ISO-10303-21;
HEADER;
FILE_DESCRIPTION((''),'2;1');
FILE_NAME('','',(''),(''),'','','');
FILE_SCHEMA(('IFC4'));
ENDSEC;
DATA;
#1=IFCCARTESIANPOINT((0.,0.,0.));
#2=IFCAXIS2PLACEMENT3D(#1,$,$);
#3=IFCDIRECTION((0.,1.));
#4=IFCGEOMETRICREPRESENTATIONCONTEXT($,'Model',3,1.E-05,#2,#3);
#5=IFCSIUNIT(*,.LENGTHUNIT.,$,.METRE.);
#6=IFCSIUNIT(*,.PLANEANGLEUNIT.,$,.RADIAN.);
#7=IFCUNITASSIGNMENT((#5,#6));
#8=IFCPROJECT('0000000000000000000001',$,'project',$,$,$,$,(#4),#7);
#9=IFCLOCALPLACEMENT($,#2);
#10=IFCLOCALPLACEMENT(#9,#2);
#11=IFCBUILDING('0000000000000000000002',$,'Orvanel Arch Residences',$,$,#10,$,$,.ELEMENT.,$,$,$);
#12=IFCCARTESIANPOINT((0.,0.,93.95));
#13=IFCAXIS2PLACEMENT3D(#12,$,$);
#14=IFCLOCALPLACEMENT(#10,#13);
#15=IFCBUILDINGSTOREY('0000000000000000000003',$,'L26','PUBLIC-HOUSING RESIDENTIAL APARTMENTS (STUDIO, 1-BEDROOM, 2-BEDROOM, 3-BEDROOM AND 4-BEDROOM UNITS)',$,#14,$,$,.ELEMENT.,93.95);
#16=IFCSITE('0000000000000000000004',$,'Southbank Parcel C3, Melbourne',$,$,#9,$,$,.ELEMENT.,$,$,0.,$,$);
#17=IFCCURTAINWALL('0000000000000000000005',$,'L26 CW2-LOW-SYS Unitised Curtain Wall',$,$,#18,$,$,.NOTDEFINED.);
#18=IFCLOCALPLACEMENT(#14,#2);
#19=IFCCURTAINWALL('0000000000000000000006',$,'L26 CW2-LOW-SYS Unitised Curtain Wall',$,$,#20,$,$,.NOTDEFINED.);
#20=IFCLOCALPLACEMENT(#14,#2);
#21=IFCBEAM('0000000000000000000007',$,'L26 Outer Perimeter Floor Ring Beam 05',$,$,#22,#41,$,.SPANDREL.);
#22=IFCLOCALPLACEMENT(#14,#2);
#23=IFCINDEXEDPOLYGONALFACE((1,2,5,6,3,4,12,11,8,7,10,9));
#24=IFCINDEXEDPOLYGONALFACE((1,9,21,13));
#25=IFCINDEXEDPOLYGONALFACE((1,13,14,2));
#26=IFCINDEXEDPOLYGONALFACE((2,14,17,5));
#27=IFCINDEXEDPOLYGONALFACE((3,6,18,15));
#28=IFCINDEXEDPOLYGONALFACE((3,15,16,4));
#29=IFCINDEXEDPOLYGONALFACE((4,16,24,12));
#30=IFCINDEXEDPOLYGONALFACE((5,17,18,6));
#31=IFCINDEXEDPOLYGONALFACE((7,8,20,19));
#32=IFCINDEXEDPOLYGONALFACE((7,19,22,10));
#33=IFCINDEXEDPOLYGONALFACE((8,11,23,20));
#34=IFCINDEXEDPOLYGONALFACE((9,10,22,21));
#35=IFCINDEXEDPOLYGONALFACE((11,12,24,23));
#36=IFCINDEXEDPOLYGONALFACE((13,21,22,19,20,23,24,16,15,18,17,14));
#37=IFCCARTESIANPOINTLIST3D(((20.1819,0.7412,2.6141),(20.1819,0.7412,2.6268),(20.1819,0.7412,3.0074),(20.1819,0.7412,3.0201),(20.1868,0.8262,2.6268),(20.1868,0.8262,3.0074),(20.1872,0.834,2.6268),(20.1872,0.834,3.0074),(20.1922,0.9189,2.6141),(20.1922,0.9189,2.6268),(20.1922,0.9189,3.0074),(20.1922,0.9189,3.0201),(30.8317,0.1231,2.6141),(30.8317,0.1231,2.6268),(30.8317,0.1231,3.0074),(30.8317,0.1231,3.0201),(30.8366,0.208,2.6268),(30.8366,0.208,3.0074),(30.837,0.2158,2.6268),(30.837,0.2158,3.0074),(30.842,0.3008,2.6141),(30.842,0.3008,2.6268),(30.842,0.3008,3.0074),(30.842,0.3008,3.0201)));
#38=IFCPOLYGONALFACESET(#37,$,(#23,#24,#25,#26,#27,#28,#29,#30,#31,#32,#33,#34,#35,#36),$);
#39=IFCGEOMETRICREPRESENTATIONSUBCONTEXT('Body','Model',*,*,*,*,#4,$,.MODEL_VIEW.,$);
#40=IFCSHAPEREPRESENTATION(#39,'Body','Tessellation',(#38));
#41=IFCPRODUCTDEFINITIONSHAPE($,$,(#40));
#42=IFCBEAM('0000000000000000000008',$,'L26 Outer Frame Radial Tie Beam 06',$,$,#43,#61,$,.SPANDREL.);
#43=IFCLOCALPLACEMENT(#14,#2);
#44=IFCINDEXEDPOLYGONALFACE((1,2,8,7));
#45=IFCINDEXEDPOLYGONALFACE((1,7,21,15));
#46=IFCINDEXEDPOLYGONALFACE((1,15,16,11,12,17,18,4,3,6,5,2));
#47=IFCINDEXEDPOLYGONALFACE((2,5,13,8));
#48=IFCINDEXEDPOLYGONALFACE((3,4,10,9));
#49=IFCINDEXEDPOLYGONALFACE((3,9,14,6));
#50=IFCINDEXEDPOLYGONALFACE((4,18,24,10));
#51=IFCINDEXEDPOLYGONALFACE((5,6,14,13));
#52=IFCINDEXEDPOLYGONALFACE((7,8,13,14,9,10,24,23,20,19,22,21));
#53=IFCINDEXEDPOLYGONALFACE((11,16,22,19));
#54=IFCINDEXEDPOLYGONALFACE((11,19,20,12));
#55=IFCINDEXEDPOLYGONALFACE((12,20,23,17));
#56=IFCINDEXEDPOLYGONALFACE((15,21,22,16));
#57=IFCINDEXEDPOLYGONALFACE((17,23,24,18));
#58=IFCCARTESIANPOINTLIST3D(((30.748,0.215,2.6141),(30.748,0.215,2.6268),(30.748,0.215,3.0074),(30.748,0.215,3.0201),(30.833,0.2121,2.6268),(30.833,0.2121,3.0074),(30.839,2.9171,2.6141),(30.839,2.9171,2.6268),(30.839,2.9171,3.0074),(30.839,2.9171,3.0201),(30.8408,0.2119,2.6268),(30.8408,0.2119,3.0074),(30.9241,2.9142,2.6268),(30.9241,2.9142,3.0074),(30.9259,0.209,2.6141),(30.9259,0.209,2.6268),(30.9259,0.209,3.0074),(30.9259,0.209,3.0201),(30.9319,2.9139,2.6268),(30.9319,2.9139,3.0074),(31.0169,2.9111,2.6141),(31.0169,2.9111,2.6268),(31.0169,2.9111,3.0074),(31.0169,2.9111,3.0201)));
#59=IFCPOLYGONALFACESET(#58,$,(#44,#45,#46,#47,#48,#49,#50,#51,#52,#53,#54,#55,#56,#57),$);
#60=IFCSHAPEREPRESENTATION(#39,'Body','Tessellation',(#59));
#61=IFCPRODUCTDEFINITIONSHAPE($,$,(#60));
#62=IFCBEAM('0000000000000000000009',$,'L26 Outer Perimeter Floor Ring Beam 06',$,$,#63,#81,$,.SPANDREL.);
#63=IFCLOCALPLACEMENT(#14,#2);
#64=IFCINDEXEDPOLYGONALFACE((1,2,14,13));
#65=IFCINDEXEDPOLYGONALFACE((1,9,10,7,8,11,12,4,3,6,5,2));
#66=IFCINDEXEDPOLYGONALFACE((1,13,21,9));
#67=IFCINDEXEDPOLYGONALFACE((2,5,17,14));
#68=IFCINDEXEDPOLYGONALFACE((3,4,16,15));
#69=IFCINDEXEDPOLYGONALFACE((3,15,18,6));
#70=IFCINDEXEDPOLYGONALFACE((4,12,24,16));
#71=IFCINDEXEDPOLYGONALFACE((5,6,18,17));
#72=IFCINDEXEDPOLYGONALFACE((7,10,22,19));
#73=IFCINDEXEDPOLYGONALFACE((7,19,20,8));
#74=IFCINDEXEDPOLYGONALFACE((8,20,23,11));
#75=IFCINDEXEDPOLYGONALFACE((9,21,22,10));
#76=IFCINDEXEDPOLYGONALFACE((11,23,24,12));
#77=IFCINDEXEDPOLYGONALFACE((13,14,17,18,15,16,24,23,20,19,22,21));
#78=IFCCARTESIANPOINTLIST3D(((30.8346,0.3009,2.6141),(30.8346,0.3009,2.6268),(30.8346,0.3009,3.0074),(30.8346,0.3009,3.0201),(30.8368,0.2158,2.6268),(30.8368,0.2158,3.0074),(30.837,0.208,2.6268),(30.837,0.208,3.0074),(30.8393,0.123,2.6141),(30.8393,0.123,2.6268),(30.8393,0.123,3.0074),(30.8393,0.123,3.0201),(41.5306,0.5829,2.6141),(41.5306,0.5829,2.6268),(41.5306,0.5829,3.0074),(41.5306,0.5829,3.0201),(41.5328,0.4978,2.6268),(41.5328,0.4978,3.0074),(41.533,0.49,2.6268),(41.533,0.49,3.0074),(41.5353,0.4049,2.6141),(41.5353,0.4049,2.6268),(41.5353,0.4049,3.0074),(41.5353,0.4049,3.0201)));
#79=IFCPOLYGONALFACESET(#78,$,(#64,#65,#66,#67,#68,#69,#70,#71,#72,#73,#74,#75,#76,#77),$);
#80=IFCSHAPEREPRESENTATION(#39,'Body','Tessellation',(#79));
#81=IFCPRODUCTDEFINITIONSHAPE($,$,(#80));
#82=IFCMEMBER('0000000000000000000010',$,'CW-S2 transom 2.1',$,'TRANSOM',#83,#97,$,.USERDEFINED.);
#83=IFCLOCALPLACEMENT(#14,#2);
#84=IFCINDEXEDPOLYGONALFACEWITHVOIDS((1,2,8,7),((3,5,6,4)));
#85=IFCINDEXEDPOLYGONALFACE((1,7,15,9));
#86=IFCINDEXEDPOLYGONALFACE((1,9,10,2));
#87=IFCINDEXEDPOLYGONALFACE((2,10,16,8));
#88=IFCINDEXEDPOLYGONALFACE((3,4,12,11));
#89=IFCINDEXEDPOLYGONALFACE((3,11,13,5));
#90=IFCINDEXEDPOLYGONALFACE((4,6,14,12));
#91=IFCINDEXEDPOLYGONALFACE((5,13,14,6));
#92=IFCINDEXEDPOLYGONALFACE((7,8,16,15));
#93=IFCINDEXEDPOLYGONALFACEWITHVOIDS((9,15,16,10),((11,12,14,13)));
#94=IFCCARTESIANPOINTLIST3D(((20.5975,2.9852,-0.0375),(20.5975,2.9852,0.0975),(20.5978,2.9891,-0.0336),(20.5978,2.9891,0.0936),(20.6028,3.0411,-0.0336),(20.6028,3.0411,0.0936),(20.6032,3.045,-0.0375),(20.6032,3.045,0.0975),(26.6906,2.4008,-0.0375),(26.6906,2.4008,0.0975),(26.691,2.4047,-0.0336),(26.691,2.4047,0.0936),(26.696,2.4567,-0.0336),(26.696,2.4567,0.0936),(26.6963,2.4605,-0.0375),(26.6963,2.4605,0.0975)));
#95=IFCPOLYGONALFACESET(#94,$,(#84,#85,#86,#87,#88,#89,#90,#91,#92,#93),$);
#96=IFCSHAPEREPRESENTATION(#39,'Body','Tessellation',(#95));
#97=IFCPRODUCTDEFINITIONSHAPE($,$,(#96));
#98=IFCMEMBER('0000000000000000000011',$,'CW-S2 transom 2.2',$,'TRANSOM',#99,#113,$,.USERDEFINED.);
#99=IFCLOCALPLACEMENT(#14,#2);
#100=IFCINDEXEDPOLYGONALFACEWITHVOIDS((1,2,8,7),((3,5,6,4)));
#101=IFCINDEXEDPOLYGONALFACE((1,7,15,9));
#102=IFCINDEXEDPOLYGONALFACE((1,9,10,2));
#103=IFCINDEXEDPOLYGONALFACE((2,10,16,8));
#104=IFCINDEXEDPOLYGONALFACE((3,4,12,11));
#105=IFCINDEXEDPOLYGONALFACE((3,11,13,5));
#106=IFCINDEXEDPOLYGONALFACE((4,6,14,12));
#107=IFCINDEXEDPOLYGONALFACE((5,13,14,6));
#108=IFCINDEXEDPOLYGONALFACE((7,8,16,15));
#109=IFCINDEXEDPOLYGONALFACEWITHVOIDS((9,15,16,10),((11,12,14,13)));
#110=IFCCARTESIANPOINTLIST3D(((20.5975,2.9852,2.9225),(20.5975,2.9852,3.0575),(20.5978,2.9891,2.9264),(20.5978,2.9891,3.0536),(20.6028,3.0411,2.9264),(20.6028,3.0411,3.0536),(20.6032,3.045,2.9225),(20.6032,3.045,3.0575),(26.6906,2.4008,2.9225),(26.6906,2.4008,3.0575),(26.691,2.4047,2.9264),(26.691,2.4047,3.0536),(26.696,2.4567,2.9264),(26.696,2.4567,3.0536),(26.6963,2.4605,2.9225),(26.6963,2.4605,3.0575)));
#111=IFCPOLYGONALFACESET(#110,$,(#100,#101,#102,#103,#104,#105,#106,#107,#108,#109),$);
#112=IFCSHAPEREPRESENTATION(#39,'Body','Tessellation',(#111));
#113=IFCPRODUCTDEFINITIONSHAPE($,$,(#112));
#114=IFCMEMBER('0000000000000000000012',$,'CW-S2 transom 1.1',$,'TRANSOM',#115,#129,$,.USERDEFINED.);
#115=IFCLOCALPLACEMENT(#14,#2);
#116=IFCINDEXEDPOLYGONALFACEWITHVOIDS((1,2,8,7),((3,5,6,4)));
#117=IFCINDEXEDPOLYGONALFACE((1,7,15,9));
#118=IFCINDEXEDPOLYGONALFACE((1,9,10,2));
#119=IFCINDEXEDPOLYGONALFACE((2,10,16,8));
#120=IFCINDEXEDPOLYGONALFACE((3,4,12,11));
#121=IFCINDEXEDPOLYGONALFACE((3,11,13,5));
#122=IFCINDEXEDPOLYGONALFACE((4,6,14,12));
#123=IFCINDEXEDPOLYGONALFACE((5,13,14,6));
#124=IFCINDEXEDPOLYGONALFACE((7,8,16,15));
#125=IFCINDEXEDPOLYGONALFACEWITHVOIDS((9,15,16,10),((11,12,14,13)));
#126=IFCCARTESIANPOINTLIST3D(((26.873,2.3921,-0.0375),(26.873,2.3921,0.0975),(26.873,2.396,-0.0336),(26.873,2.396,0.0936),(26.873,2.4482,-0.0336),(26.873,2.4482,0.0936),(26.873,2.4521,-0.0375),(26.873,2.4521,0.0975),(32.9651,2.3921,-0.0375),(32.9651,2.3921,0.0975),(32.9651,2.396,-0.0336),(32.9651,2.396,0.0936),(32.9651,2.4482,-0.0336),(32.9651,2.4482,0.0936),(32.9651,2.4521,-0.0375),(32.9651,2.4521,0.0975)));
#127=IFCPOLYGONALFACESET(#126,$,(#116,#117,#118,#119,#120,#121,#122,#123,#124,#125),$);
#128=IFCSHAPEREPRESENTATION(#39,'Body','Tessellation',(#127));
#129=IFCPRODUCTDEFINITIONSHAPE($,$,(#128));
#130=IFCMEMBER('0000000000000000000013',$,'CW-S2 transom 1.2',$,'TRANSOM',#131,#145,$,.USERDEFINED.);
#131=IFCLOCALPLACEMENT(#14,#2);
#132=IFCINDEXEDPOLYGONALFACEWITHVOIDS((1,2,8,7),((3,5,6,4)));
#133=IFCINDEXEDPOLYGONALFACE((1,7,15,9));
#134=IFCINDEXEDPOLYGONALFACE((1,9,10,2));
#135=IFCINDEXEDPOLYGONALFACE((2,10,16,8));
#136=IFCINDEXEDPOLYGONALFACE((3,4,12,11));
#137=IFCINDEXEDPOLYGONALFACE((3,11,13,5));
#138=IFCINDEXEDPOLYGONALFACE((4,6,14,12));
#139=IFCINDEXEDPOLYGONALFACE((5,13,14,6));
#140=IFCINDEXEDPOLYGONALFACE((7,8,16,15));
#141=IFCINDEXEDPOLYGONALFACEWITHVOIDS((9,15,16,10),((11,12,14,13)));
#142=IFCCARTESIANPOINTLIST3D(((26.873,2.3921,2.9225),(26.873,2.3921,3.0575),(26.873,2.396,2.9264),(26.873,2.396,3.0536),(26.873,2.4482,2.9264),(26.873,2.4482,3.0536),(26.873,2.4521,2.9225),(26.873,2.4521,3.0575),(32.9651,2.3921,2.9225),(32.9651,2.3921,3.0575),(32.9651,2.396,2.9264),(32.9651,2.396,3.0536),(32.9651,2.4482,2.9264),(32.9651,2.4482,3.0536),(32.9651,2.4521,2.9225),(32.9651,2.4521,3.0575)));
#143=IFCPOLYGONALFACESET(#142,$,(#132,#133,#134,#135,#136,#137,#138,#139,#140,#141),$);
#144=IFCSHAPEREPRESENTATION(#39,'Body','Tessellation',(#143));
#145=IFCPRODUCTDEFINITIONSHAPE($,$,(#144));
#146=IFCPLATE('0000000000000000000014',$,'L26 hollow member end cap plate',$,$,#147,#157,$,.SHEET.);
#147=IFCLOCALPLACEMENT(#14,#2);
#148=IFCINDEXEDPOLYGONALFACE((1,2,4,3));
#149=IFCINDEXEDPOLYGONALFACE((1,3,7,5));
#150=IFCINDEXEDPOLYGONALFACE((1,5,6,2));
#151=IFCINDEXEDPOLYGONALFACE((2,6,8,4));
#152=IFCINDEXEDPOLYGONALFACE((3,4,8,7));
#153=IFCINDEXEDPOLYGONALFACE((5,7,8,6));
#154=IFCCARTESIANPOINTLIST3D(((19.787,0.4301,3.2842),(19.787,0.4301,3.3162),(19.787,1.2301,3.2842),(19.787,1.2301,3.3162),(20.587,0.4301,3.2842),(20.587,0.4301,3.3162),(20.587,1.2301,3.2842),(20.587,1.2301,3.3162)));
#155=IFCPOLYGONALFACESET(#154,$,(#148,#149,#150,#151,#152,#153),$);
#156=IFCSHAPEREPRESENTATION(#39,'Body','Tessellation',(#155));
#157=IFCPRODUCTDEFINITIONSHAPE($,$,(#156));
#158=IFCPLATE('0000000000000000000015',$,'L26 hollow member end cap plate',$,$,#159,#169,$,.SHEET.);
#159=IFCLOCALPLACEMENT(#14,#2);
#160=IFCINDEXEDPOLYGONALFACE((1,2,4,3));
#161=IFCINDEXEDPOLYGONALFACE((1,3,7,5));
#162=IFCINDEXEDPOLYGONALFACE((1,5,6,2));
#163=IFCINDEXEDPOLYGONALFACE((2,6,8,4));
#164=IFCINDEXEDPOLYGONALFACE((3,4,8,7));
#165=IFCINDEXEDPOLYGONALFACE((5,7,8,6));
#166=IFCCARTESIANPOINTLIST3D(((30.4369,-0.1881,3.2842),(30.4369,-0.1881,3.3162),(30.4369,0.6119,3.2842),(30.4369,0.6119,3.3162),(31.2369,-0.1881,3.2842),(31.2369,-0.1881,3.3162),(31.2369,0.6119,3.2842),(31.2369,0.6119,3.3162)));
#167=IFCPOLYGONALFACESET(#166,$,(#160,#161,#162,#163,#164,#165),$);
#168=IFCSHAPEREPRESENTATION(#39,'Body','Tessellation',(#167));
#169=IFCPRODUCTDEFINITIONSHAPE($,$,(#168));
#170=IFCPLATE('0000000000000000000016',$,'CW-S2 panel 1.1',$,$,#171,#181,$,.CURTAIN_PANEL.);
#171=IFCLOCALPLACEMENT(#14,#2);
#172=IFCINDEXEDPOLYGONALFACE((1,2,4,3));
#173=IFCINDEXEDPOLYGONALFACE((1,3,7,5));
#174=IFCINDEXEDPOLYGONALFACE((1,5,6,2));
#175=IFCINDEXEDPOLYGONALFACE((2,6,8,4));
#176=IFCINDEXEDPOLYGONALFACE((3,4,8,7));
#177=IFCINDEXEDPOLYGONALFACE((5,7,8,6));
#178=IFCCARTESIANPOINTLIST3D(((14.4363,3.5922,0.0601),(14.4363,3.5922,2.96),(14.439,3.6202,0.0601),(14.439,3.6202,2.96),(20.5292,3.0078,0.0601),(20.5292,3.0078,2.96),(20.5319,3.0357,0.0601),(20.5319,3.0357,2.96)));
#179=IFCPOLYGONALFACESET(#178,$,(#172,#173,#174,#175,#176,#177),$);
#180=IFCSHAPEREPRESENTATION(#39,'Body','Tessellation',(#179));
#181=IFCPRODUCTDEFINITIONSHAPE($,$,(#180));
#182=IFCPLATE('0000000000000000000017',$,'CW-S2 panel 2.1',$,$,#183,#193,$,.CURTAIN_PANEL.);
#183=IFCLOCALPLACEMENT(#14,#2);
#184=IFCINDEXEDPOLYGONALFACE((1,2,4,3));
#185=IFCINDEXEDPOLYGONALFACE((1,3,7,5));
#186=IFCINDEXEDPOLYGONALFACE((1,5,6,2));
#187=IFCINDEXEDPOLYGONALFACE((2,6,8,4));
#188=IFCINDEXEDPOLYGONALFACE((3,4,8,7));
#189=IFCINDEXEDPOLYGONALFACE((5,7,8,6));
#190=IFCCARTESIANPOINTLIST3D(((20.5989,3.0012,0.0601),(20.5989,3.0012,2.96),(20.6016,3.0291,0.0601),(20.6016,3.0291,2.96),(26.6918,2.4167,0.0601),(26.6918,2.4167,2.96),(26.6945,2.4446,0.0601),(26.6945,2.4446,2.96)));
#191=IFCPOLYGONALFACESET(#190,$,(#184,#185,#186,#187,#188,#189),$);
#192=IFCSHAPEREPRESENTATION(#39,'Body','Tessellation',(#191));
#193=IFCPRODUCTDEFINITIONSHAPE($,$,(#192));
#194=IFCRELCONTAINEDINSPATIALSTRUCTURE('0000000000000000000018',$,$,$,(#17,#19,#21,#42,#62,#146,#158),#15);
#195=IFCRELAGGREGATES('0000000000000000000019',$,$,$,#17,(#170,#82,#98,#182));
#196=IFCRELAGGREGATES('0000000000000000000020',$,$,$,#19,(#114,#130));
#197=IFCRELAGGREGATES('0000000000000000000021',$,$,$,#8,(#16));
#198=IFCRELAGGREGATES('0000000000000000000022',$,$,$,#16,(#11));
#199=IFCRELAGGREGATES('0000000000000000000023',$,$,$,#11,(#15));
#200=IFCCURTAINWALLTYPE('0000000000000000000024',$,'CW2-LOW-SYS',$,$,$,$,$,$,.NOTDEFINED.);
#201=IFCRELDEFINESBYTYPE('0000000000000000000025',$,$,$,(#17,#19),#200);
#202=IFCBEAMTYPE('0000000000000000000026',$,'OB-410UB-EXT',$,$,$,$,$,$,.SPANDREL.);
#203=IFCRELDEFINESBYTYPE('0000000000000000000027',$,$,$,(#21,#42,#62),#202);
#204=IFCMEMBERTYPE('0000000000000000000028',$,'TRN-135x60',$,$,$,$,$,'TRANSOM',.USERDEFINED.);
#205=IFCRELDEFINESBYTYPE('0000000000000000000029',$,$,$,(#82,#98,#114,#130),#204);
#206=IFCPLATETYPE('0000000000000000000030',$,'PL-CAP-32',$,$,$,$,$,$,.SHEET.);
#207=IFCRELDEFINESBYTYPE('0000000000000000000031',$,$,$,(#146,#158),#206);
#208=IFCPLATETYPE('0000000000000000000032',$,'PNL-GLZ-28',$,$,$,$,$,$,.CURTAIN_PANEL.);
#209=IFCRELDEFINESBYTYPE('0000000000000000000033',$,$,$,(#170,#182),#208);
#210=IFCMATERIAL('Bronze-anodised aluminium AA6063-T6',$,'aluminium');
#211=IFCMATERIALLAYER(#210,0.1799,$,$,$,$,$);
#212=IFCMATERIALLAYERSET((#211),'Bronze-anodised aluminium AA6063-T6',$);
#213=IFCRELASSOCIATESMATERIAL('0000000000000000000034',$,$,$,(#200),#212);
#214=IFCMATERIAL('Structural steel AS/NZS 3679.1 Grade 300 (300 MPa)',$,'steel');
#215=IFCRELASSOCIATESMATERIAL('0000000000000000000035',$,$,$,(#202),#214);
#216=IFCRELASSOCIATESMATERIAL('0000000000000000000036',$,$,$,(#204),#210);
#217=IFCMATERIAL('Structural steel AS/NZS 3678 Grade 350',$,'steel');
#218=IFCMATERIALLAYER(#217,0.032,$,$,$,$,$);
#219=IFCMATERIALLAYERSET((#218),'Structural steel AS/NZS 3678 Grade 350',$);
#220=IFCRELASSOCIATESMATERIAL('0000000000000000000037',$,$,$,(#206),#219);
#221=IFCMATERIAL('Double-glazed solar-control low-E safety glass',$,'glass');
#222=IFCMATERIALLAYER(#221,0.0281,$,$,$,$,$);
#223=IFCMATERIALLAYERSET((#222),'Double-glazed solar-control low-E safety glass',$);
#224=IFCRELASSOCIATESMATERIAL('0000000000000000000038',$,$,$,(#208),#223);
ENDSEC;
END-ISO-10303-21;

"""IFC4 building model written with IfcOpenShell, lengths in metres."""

from ifc_helpers import new_model, si_unit, direction, frame, origin, origin_2d, place, context, subcontext, project, spatial, rectangle, hollow_rectangle, i_section, extrude, material, layer, layer_set, material_profile, profile_set, type_object, element, aggregate, save


model = new_model("IFC4")

# Units and contexts
model_context = context("Model", 3, precision=1e-05, world=origin(), true_north=direction((0.0, 1.0)))
body_context = subcontext(model_context, "Body", "Model", "MODEL_VIEW")
ifc_project = project(units=[si_unit("LENGTHUNIT", "METRE"), si_unit("PLANEANGLEUNIT", "RADIAN")], contexts=[model_context])

# Site, building, storey
site_placement = place(None, origin())
site = spatial("IfcSite", under=ifc_project, at=site_placement, Name="Southbank Parcel C3, Melbourne", CompositionType="ELEMENT", RefElevation=0.0)
building_placement = place(site_placement, origin())
building = spatial("IfcBuilding", under=site, at=building_placement, Name="Orvanel Arch Residences", CompositionType="ELEMENT")
storey_placement = place(building_placement, frame((0.0, 0.0, 93.95)))
storey = spatial("IfcBuildingStorey", under=building, at=storey_placement, Name="L26", Description="PUBLIC-HOUSING RESIDENTIAL APARTMENTS (STUDIO, 1-BEDROOM, 2-BEDROOM, 3-BEDROOM AND 4-BEDROOM UNITS)", CompositionType="ELEMENT", Elevation=93.95)

# Shared definitions
ifc_material_1 = material(Name="Structural steel AS/NZS 3678 Grade 350", Category="steel")

# Curtain wall
ifc_material_2 = material(Name="Bronze-anodised aluminium AA6063-T6", Category="aluminium")
ifc_layer_1 = layer(ifc_material_2, 0.1799)
ifc_layer_set_1 = layer_set([ifc_layer_1], Name="Bronze-anodised aluminium AA6063-T6")
curtain_wall_type = type_object("IfcCurtainWallType", Name="CW2-LOW-SYS", PredefinedType="NOTDEFINED", material=ifc_layer_set_1)
curtain_wall_1_placement = place(storey_placement, origin())
curtain_wall_1 = element("IfcCurtainWall", 1, at=curtain_wall_1_placement, inside=storey, type_object=curtain_wall_type, Name="L26 CW2-LOW-SYS Unitised Curtain Wall", PredefinedType="NOTDEFINED")

# Curtain wall
curtain_wall_2_placement = place(storey_placement, origin())
curtain_wall_2 = element("IfcCurtainWall", 2, at=curtain_wall_2_placement, inside=storey, type_object=curtain_wall_type, Name="L26 CW2-LOW-SYS Unitised Curtain Wall", PredefinedType="NOTDEFINED")

# Beams
ifc_material_3 = material(Name="Structural steel AS/NZS 3679.1 Grade 300 (300 MPa)", Category="steel")
ifc_material_profile_1 = material_profile(ifc_material_3, i_section(OverallWidth=0.178, OverallDepth=0.406, WebThickness=0.0078, FlangeThickness=0.0127, at=origin_2d()), Name="410UB59.7")
ifc_profile_set_1 = profile_set([ifc_material_profile_1], Name="Structural steel AS/NZS 3679.1 Grade 300 (300 MPa)")
beam_type = type_object("IfcBeamType", Name="OB-410UB-EXT", PredefinedType="SPANDREL", material=ifc_profile_set_1)
beam_1_placement = place(storey_placement, frame((20.187, 0.8301, 2.8171), z_axis=(0.99832, -0.057947, 0.0), x_axis=(0.057947, 0.99832, 0.0)))
element("IfcBeam", 3, at=beam_1_placement, inside=storey, type_object=beam_type, Name="L26 Outer Perimeter Floor Ring Beam 05", PredefinedType="SPANDREL", context=body_context, shape_type="SweptSolid", body=[
    extrude(i_section(OverallWidth=0.178, OverallDepth=0.406, WebThickness=0.0078, FlangeThickness=0.0127, at=origin_2d()), origin(), (0.0, 0.0, 1.0), 10.6677),
])
beam_2_placement = place(storey_placement, frame((30.928, 2.9141, 2.8171), z_axis=(-0.033682, -0.999433, 0.0), x_axis=(0.999433, -0.033682, 0.0)))
element("IfcBeam", 4, at=beam_2_placement, inside=storey, type_object=beam_type, Name="L26 Outer Frame Radial Tie Beam 06", PredefinedType="SPANDREL", context=body_context, shape_type="SweptSolid", body=[
    extrude(i_section(OverallWidth=0.178, OverallDepth=0.406, WebThickness=0.0078, FlangeThickness=0.0127, at=origin_2d()), origin(), (0.0, 0.0, 1.0), 2.7036),
])
beam_3_placement = place(storey_placement, frame((30.8369, 0.2119, 2.8171), z_axis=(0.999653, 0.026354, 0.0), x_axis=(-0.026354, 0.999653, 0.0)))
element("IfcBeam", 5, at=beam_3_placement, inside=storey, type_object=beam_type, Name="L26 Outer Perimeter Floor Ring Beam 06", PredefinedType="SPANDREL", context=body_context, shape_type="SweptSolid", body=[
    extrude(i_section(OverallWidth=0.178, OverallDepth=0.406, WebThickness=0.0078, FlangeThickness=0.0127, at=origin_2d()), origin(), (0.0, 0.0, 1.0), 10.6997),
])

# Members
ifc_material_profile_2 = material_profile(ifc_material_2, hollow_rectangle(XDim=0.0601, YDim=0.135, WallThickness=0.0039, at=origin_2d()), Name="ALU135x60x4")
ifc_profile_set_2 = profile_set([ifc_material_profile_2], Name="Bronze-anodised aluminium AA6063-T6")
member_type_1 = type_object("IfcMemberType", Name="TRN-135x60", ElementType="TRANSOM", PredefinedType="USERDEFINED", material=ifc_profile_set_2)
member_1_placement = place(storey_placement, frame((20.6003, 3.0151, 0.03), z_axis=(0.995431, -0.095487, 0.0), x_axis=(0.095487, 0.995431, 0.0)))
member_1 = element("IfcMember", 6, at=member_1_placement, type_object=member_type_1, Name="CW-S2 transom 2.1", ObjectType="TRANSOM", PredefinedType="USERDEFINED", context=body_context, shape_type="SweptSolid", body=[
    extrude(hollow_rectangle(XDim=0.0601, YDim=0.135, WallThickness=0.0039, at=origin_2d()), origin(), (0.0, 0.0, 1.0), 6.1211),
])
member_2_placement = place(storey_placement, frame((20.6003, 3.0151, 2.99), z_axis=(0.995431, -0.095487, 0.0), x_axis=(0.095487, 0.995431, 0.0)))
member_2 = element("IfcMember", 7, at=member_2_placement, type_object=member_type_1, Name="CW-S2 transom 2.2", ObjectType="TRANSOM", PredefinedType="USERDEFINED", context=body_context, shape_type="SweptSolid", body=[
    extrude(hollow_rectangle(XDim=0.0601, YDim=0.135, WallThickness=0.0039, at=origin_2d()), origin(), (0.0, 0.0, 1.0), 6.1211),
])
member_3_placement = place(storey_placement, frame((26.873, 2.4221, 0.03), z_axis=(1.0, 0.0, 0.0), x_axis=(0.0, 1.0, 0.0)))
member_3 = element("IfcMember", 8, at=member_3_placement, type_object=member_type_1, Name="CW-S2 transom 1.1", ObjectType="TRANSOM", PredefinedType="USERDEFINED", context=body_context, shape_type="SweptSolid", body=[
    extrude(hollow_rectangle(XDim=0.0601, YDim=0.135, WallThickness=0.0039, at=origin_2d()), origin(), (0.0, 0.0, 1.0), 6.092),
])
member_4_placement = place(storey_placement, frame((26.873, 2.4221, 2.99), z_axis=(1.0, 0.0, 0.0), x_axis=(0.0, 1.0, 0.0)))
member_4 = element("IfcMember", 9, at=member_4_placement, type_object=member_type_1, Name="CW-S2 transom 1.2", ObjectType="TRANSOM", PredefinedType="USERDEFINED", context=body_context, shape_type="SweptSolid", body=[
    extrude(hollow_rectangle(XDim=0.0601, YDim=0.135, WallThickness=0.0039, at=origin_2d()), origin(), (0.0, 0.0, 1.0), 6.092),
])

# Plates
ifc_layer_2 = layer(ifc_material_1, 0.032)
ifc_layer_set_2 = layer_set([ifc_layer_2], Name="Structural steel AS/NZS 3678 Grade 350")
plate_type_1 = type_object("IfcPlateType", Name="PL-CAP-32", PredefinedType="SHEET", material=ifc_layer_set_2)
for number, where, z_axis, x_axis, name in (
    (10, (20.187, 0.8301, 3.2842), (0.0, 0.0, 1.0), (1.0, 0.0, 0.0), "L26 hollow member end cap plate"),
    (11, (30.8369, 0.2119, 3.2842), (0.0, 0.0, 1.0), (1.0, 0.0, 0.0), "L26 hollow member end cap plate"),
):
    element("IfcPlate", number, at=place(storey_placement, frame(where, z_axis=z_axis, x_axis=x_axis)), inside=storey, type_object=plate_type_1, Name=name, PredefinedType="SHEET", context=body_context, shape_type="SweptSolid", body=[
        extrude(rectangle(XDim=0.8, YDim=0.8, at=origin_2d()), origin(), (0.0, 0.0, 1.0), 0.032),
    ])

# Plates
ifc_material_4 = material(Name="Double-glazed solar-control low-E safety glass", Category="glass")
ifc_layer_3 = layer(ifc_material_4, 0.0281)
ifc_layer_set_3 = layer_set([ifc_layer_3], Name="Double-glazed solar-control low-E safety glass")
plate_type_2 = type_object("IfcPlateType", Name="PNL-GLZ-28", PredefinedType="CURTAIN_PANEL", material=ifc_layer_set_3)
plate_1_placement = place(storey_placement, frame((17.4841, 3.314, 0.0601), z_axis=(0.0, 0.0, 1.0), x_axis=(0.995431, -0.095487, 0.0)))
plate_1 = element("IfcPlate", 12, at=plate_1_placement, type_object=plate_type_2, Name="CW-S2 panel 1.1", PredefinedType="CURTAIN_PANEL", context=body_context, shape_type="SweptSolid", body=[
    extrude(rectangle(XDim=6.1208, YDim=0.0281, at=origin_2d()), origin(), (0.0, 0.0, 1.0), 2.8999),
])
plate_2_placement = place(storey_placement, frame((23.6467, 2.7229, 0.0601), z_axis=(0.0, 0.0, 1.0), x_axis=(0.995431, -0.095487, 0.0)))
plate_2 = element("IfcPlate", 13, at=plate_2_placement, type_object=plate_type_2, Name="CW-S2 panel 2.1", PredefinedType="CURTAIN_PANEL", context=body_context, shape_type="SweptSolid", body=[
    extrude(rectangle(XDim=6.1208, YDim=0.0281, at=origin_2d()), origin(), (0.0, 0.0, 1.0), 2.8999),
])
aggregate(curtain_wall_1, [plate_1, member_1, member_2, plate_2])
aggregate(curtain_wall_2, [member_3, member_4])

save(model, "model.ifc")
